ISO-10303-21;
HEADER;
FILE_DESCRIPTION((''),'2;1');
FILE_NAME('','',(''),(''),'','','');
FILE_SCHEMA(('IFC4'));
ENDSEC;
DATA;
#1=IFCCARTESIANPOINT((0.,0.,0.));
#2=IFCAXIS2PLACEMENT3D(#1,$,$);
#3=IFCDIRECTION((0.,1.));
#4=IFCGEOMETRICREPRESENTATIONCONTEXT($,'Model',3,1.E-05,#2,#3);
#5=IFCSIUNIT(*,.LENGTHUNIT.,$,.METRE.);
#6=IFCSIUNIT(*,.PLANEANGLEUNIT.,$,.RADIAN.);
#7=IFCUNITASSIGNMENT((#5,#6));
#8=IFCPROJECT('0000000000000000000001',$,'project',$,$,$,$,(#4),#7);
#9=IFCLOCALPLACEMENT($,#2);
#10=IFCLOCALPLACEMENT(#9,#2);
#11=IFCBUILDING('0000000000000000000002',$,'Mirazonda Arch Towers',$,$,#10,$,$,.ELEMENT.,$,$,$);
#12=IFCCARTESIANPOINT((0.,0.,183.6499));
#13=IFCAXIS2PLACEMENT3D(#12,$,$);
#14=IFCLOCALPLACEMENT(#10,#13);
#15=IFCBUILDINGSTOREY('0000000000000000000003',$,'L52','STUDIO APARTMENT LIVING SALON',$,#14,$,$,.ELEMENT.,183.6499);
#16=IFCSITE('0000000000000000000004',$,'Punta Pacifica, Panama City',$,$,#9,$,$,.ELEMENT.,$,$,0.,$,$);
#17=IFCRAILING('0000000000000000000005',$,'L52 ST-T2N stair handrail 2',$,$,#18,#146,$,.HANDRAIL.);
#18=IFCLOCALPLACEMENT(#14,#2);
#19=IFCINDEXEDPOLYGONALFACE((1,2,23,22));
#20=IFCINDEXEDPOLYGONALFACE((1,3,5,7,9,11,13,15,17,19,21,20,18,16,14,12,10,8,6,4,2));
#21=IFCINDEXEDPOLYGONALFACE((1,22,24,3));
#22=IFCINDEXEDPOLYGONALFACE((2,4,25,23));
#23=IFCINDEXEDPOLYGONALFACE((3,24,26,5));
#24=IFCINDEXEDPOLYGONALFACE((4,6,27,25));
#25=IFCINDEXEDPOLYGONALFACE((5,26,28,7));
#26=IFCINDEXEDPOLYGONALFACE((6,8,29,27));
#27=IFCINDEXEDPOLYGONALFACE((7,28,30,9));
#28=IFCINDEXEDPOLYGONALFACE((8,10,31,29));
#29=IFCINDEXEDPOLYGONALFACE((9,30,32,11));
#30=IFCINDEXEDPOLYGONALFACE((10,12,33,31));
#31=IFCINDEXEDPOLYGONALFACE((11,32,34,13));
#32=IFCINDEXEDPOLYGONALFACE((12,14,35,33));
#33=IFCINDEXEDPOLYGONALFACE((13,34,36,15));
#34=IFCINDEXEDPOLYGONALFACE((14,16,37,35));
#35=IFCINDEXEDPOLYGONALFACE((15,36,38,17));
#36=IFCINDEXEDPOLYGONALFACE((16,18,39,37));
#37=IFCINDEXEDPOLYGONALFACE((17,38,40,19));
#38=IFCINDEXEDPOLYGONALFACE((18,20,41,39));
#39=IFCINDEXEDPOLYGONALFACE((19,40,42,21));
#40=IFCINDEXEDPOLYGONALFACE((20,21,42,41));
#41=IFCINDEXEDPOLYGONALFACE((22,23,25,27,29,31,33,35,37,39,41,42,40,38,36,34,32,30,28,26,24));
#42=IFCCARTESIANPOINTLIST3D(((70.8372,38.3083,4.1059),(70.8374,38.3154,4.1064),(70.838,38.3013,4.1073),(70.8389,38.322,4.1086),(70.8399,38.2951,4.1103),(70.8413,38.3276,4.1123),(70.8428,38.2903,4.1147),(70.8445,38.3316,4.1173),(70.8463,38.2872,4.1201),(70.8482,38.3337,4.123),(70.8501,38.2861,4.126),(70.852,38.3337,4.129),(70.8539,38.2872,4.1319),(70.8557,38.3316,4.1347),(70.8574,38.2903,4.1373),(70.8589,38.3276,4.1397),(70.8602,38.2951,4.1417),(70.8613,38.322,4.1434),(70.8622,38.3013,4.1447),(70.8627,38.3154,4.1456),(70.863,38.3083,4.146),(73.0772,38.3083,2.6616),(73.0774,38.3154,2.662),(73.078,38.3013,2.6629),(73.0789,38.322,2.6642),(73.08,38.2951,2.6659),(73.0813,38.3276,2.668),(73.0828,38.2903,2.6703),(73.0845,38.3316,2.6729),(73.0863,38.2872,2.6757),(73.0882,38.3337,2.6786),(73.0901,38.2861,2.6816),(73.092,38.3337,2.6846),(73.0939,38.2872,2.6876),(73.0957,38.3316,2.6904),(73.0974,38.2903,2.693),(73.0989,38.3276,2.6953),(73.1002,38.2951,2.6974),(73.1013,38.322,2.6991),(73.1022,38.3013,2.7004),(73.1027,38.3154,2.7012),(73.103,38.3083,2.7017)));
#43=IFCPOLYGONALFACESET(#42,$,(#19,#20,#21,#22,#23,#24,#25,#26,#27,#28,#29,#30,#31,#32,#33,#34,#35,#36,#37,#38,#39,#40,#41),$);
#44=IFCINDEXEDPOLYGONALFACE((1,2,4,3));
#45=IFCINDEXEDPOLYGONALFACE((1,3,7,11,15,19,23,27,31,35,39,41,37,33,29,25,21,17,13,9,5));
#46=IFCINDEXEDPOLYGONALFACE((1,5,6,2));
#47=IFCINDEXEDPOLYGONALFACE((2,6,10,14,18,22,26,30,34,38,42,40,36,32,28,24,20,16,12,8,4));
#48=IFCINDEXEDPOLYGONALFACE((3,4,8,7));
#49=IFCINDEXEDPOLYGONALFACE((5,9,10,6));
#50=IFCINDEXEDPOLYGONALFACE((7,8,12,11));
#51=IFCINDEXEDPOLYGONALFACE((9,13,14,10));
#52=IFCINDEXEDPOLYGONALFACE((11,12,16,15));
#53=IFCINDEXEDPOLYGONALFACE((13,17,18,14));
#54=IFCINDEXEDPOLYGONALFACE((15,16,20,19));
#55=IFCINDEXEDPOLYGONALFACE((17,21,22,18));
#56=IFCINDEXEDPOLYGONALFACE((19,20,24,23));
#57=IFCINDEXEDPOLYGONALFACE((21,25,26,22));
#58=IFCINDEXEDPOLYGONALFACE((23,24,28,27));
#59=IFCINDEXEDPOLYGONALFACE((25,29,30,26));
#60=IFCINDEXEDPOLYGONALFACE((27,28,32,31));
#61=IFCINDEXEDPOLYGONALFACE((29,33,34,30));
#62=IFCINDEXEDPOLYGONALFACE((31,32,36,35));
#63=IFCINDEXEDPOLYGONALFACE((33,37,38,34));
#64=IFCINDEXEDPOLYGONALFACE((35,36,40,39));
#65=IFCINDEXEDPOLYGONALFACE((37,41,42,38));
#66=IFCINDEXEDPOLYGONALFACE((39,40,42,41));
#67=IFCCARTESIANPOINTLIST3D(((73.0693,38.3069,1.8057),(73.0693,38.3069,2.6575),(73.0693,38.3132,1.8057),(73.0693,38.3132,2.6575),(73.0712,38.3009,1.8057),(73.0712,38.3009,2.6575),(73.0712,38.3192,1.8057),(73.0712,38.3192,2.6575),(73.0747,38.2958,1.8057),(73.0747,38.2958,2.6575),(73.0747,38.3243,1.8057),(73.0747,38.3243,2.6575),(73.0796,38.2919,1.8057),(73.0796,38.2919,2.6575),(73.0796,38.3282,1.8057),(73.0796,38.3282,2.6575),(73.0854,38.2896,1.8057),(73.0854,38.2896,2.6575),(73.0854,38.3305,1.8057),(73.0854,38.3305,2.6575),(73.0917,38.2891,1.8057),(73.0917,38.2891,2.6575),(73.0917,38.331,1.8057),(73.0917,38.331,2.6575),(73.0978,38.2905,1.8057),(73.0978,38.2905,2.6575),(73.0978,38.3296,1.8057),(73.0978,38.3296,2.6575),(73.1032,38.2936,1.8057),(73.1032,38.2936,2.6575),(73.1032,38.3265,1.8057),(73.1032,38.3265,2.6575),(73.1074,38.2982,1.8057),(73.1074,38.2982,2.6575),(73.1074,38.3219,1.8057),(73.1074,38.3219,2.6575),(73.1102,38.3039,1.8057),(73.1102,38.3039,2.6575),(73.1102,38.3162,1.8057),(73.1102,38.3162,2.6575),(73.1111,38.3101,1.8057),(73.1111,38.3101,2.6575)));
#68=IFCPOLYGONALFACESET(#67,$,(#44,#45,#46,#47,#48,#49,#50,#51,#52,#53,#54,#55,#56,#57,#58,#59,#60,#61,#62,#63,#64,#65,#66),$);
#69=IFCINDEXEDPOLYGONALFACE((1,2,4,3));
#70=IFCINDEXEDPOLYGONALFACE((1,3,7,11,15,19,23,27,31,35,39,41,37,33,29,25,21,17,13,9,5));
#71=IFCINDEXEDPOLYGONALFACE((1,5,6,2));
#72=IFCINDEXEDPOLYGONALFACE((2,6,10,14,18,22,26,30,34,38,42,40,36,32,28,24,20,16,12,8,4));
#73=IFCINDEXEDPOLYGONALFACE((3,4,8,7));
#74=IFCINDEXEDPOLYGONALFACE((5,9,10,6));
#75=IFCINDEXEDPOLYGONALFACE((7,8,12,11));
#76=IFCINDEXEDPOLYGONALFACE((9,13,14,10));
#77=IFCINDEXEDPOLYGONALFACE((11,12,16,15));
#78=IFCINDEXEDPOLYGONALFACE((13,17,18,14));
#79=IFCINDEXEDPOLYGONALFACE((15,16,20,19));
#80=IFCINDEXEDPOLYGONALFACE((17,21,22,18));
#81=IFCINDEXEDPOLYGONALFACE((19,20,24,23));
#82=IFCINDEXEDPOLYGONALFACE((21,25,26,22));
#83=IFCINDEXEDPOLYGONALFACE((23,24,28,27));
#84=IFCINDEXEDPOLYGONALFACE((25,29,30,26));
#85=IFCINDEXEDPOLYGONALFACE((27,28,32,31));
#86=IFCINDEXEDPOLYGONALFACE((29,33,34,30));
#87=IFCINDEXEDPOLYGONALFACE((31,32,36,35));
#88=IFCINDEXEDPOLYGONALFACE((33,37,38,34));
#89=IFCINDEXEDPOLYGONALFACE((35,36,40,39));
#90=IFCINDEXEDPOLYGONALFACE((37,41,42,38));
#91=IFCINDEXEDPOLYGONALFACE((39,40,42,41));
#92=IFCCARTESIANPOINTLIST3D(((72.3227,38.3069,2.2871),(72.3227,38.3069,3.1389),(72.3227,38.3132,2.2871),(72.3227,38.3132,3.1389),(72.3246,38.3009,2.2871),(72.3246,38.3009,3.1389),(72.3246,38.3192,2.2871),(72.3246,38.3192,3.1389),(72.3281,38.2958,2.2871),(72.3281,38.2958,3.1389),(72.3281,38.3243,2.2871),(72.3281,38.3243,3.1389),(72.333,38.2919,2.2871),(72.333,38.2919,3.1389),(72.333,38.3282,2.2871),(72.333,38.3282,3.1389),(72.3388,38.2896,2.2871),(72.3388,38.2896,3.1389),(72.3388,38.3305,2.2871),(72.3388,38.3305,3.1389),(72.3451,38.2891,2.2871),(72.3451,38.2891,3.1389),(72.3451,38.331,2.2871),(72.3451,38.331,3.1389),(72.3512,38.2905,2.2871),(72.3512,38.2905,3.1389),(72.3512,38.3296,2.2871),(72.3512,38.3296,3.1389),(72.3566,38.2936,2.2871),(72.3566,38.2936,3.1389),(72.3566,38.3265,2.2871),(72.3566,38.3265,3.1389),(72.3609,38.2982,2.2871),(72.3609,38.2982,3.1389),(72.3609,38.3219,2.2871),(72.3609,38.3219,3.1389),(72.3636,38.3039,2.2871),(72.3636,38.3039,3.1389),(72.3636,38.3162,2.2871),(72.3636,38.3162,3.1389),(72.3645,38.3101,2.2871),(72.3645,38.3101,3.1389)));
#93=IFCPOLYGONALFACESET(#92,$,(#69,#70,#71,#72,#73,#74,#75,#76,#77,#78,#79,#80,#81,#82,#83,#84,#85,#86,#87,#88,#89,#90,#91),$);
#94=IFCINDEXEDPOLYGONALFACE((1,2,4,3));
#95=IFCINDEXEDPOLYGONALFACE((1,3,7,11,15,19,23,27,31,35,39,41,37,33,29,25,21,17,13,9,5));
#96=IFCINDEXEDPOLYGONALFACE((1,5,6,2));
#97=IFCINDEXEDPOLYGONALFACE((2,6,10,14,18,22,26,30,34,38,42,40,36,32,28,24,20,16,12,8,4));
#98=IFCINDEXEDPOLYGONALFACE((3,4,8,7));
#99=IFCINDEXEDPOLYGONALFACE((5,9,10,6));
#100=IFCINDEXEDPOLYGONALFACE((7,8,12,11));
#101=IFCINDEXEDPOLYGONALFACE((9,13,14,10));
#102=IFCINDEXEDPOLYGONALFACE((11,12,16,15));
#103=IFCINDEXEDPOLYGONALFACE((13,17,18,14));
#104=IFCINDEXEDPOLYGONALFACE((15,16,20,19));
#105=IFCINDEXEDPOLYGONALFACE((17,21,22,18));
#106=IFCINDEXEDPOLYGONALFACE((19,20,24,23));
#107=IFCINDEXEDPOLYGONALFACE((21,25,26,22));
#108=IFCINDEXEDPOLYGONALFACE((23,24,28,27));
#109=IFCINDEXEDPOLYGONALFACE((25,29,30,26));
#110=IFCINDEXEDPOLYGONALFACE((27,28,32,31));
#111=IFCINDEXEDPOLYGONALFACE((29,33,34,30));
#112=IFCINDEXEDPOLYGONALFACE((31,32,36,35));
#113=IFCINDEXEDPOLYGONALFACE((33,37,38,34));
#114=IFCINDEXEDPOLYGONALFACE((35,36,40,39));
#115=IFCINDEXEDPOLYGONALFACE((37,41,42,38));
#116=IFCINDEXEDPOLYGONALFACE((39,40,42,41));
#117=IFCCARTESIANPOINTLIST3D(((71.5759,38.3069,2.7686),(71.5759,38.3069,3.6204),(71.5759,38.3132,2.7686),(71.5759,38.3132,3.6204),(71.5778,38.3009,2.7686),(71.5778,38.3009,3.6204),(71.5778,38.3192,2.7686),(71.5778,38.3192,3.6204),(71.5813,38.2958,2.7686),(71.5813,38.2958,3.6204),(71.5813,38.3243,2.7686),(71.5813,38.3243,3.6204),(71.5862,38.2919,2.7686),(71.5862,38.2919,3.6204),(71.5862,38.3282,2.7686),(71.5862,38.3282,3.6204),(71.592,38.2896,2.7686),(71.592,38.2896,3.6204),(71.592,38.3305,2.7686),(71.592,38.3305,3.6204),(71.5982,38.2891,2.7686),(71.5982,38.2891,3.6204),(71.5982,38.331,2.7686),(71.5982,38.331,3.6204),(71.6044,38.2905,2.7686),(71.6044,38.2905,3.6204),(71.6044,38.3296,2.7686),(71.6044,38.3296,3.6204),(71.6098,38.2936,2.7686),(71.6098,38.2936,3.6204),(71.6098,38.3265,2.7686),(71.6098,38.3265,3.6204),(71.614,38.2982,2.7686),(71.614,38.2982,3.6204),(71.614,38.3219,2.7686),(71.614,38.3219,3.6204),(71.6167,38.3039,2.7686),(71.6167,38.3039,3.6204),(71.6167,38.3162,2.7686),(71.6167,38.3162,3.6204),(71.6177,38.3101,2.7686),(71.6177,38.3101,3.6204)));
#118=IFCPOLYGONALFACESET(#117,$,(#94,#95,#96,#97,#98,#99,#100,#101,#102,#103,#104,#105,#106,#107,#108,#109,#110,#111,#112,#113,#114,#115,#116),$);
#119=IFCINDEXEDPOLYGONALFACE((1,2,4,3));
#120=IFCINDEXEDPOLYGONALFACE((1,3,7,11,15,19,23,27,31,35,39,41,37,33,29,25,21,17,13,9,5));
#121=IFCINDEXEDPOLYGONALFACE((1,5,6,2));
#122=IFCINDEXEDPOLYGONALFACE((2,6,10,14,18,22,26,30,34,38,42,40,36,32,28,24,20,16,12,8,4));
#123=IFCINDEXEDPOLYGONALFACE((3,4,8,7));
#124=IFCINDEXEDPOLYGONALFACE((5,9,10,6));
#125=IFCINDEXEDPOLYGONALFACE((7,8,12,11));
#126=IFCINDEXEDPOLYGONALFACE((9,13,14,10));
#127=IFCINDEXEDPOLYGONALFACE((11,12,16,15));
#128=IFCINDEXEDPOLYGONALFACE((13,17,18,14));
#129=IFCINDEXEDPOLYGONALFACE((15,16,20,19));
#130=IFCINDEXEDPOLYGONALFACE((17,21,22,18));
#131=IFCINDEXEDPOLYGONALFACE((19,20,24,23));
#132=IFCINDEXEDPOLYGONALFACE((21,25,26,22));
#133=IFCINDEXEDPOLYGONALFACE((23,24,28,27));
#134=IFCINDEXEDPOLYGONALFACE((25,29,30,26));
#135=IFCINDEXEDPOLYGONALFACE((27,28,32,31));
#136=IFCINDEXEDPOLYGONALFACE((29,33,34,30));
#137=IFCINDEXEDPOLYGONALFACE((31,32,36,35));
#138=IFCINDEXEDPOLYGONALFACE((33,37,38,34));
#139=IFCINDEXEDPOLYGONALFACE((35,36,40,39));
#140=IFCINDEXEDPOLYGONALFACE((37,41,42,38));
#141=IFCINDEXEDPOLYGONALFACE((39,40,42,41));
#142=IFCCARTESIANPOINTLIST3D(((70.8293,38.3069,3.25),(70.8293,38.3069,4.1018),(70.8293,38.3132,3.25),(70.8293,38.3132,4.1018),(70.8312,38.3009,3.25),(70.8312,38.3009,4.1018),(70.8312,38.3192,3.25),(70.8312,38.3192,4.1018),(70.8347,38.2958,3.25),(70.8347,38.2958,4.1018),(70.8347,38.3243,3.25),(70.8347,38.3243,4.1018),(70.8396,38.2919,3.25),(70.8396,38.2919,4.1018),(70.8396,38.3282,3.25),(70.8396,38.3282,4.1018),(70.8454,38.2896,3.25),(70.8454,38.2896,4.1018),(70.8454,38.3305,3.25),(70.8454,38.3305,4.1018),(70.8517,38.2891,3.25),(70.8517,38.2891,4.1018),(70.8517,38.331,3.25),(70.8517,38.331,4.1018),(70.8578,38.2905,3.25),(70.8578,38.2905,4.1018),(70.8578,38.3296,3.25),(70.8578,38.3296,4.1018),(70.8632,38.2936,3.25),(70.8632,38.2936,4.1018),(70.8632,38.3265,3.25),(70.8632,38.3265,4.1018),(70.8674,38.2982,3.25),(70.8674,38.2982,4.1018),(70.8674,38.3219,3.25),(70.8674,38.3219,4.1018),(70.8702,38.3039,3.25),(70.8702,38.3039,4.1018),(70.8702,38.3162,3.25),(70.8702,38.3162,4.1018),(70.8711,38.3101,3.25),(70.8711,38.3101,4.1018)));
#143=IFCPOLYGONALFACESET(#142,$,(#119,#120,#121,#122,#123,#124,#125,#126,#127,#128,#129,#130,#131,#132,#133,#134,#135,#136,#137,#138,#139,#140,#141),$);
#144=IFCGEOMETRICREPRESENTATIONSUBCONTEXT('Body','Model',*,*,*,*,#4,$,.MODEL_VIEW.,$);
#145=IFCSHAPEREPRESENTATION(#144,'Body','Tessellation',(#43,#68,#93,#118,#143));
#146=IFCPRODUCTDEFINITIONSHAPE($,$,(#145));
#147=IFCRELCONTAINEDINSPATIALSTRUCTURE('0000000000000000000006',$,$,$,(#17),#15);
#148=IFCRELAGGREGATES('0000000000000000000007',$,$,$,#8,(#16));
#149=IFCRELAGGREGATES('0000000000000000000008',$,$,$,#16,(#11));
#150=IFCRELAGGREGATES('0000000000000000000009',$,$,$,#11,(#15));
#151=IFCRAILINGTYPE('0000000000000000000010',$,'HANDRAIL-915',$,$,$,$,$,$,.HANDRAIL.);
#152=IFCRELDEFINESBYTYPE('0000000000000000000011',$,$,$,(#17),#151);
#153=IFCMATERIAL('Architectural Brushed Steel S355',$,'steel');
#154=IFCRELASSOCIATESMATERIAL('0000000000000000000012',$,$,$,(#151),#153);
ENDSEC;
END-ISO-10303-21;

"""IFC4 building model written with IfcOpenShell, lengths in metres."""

from ifc_helpers import new_model, si_unit, direction, frame, origin, origin_2d, place, context, subcontext, project, spatial, circle, extrude, material, type_object, element, save


model = new_model("IFC4")

# Units and contexts
model_context = context("Model", 3, precision=1e-05, world=origin(), true_north=direction((0.0, 1.0)))
body_context = subcontext(model_context, "Body", "Model", "MODEL_VIEW")
ifc_project = project(units=[si_unit("LENGTHUNIT", "METRE"), si_unit("PLANEANGLEUNIT", "RADIAN")], contexts=[model_context])

# Site, building, storey
site_placement = place(None, origin())
site = spatial("IfcSite", under=ifc_project, at=site_placement, Name="Punta Pacifica, Panama City", CompositionType="ELEMENT", RefElevation=0.0)
building_placement = place(site_placement, origin())
building = spatial("IfcBuilding", under=site, at=building_placement, Name="Mirazonda Arch Towers", CompositionType="ELEMENT")
storey_placement = place(building_placement, frame((0.0, 0.0, 183.6499)))
storey = spatial("IfcBuildingStorey", under=building, at=storey_placement, Name="L52", Description="STUDIO APARTMENT LIVING SALON", CompositionType="ELEMENT", Elevation=183.6499)

# Shared definitions
ifc_material_1 = material(Name="Architectural Brushed Steel S355", Category="steel")

# Railing
railing_type_1 = type_object("IfcRailingType", Name="HANDRAIL-915", PredefinedType="HANDRAIL", material=ifc_material_1)
railing_1_placement = place(storey_placement, frame((73.0901, 38.3101, 1.8057)))
element("IfcRailing", 1, at=railing_1_placement, inside=storey, type_object=railing_type_1, Name="L52 ST-T2N stair handrail 2", PredefinedType="HANDRAIL", context=body_context, shape_type="SweptSolid", body=[
    extrude(circle(Radius=0.0239, at=origin_2d()), frame((0.0, 0.0, 0.876), z_axis=(-0.840437, 0.0, 0.54191), x_axis=(0.0, -1.0, 0.0)), (0.0, 0.0, 1.0), 2.6653),
    extrude(circle(Radius=0.021, at=origin_2d()), origin(), (0.0, 0.0, 1.0), 0.8518),
    extrude(circle(Radius=0.021, at=origin_2d()), frame((-0.7466, 0.0, 0.4814)), (0.0, 0.0, 1.0), 0.8518),
    extrude(circle(Radius=0.021, at=origin_2d()), frame((-1.4934, 0.0, 0.9629)), (0.0, 0.0, 1.0), 0.8518),
    extrude(circle(Radius=0.021, at=origin_2d()), frame((-2.24, 0.0, 1.4443)), (0.0, 0.0, 1.0), 0.8518),
])

save(model, "model.ifc")
